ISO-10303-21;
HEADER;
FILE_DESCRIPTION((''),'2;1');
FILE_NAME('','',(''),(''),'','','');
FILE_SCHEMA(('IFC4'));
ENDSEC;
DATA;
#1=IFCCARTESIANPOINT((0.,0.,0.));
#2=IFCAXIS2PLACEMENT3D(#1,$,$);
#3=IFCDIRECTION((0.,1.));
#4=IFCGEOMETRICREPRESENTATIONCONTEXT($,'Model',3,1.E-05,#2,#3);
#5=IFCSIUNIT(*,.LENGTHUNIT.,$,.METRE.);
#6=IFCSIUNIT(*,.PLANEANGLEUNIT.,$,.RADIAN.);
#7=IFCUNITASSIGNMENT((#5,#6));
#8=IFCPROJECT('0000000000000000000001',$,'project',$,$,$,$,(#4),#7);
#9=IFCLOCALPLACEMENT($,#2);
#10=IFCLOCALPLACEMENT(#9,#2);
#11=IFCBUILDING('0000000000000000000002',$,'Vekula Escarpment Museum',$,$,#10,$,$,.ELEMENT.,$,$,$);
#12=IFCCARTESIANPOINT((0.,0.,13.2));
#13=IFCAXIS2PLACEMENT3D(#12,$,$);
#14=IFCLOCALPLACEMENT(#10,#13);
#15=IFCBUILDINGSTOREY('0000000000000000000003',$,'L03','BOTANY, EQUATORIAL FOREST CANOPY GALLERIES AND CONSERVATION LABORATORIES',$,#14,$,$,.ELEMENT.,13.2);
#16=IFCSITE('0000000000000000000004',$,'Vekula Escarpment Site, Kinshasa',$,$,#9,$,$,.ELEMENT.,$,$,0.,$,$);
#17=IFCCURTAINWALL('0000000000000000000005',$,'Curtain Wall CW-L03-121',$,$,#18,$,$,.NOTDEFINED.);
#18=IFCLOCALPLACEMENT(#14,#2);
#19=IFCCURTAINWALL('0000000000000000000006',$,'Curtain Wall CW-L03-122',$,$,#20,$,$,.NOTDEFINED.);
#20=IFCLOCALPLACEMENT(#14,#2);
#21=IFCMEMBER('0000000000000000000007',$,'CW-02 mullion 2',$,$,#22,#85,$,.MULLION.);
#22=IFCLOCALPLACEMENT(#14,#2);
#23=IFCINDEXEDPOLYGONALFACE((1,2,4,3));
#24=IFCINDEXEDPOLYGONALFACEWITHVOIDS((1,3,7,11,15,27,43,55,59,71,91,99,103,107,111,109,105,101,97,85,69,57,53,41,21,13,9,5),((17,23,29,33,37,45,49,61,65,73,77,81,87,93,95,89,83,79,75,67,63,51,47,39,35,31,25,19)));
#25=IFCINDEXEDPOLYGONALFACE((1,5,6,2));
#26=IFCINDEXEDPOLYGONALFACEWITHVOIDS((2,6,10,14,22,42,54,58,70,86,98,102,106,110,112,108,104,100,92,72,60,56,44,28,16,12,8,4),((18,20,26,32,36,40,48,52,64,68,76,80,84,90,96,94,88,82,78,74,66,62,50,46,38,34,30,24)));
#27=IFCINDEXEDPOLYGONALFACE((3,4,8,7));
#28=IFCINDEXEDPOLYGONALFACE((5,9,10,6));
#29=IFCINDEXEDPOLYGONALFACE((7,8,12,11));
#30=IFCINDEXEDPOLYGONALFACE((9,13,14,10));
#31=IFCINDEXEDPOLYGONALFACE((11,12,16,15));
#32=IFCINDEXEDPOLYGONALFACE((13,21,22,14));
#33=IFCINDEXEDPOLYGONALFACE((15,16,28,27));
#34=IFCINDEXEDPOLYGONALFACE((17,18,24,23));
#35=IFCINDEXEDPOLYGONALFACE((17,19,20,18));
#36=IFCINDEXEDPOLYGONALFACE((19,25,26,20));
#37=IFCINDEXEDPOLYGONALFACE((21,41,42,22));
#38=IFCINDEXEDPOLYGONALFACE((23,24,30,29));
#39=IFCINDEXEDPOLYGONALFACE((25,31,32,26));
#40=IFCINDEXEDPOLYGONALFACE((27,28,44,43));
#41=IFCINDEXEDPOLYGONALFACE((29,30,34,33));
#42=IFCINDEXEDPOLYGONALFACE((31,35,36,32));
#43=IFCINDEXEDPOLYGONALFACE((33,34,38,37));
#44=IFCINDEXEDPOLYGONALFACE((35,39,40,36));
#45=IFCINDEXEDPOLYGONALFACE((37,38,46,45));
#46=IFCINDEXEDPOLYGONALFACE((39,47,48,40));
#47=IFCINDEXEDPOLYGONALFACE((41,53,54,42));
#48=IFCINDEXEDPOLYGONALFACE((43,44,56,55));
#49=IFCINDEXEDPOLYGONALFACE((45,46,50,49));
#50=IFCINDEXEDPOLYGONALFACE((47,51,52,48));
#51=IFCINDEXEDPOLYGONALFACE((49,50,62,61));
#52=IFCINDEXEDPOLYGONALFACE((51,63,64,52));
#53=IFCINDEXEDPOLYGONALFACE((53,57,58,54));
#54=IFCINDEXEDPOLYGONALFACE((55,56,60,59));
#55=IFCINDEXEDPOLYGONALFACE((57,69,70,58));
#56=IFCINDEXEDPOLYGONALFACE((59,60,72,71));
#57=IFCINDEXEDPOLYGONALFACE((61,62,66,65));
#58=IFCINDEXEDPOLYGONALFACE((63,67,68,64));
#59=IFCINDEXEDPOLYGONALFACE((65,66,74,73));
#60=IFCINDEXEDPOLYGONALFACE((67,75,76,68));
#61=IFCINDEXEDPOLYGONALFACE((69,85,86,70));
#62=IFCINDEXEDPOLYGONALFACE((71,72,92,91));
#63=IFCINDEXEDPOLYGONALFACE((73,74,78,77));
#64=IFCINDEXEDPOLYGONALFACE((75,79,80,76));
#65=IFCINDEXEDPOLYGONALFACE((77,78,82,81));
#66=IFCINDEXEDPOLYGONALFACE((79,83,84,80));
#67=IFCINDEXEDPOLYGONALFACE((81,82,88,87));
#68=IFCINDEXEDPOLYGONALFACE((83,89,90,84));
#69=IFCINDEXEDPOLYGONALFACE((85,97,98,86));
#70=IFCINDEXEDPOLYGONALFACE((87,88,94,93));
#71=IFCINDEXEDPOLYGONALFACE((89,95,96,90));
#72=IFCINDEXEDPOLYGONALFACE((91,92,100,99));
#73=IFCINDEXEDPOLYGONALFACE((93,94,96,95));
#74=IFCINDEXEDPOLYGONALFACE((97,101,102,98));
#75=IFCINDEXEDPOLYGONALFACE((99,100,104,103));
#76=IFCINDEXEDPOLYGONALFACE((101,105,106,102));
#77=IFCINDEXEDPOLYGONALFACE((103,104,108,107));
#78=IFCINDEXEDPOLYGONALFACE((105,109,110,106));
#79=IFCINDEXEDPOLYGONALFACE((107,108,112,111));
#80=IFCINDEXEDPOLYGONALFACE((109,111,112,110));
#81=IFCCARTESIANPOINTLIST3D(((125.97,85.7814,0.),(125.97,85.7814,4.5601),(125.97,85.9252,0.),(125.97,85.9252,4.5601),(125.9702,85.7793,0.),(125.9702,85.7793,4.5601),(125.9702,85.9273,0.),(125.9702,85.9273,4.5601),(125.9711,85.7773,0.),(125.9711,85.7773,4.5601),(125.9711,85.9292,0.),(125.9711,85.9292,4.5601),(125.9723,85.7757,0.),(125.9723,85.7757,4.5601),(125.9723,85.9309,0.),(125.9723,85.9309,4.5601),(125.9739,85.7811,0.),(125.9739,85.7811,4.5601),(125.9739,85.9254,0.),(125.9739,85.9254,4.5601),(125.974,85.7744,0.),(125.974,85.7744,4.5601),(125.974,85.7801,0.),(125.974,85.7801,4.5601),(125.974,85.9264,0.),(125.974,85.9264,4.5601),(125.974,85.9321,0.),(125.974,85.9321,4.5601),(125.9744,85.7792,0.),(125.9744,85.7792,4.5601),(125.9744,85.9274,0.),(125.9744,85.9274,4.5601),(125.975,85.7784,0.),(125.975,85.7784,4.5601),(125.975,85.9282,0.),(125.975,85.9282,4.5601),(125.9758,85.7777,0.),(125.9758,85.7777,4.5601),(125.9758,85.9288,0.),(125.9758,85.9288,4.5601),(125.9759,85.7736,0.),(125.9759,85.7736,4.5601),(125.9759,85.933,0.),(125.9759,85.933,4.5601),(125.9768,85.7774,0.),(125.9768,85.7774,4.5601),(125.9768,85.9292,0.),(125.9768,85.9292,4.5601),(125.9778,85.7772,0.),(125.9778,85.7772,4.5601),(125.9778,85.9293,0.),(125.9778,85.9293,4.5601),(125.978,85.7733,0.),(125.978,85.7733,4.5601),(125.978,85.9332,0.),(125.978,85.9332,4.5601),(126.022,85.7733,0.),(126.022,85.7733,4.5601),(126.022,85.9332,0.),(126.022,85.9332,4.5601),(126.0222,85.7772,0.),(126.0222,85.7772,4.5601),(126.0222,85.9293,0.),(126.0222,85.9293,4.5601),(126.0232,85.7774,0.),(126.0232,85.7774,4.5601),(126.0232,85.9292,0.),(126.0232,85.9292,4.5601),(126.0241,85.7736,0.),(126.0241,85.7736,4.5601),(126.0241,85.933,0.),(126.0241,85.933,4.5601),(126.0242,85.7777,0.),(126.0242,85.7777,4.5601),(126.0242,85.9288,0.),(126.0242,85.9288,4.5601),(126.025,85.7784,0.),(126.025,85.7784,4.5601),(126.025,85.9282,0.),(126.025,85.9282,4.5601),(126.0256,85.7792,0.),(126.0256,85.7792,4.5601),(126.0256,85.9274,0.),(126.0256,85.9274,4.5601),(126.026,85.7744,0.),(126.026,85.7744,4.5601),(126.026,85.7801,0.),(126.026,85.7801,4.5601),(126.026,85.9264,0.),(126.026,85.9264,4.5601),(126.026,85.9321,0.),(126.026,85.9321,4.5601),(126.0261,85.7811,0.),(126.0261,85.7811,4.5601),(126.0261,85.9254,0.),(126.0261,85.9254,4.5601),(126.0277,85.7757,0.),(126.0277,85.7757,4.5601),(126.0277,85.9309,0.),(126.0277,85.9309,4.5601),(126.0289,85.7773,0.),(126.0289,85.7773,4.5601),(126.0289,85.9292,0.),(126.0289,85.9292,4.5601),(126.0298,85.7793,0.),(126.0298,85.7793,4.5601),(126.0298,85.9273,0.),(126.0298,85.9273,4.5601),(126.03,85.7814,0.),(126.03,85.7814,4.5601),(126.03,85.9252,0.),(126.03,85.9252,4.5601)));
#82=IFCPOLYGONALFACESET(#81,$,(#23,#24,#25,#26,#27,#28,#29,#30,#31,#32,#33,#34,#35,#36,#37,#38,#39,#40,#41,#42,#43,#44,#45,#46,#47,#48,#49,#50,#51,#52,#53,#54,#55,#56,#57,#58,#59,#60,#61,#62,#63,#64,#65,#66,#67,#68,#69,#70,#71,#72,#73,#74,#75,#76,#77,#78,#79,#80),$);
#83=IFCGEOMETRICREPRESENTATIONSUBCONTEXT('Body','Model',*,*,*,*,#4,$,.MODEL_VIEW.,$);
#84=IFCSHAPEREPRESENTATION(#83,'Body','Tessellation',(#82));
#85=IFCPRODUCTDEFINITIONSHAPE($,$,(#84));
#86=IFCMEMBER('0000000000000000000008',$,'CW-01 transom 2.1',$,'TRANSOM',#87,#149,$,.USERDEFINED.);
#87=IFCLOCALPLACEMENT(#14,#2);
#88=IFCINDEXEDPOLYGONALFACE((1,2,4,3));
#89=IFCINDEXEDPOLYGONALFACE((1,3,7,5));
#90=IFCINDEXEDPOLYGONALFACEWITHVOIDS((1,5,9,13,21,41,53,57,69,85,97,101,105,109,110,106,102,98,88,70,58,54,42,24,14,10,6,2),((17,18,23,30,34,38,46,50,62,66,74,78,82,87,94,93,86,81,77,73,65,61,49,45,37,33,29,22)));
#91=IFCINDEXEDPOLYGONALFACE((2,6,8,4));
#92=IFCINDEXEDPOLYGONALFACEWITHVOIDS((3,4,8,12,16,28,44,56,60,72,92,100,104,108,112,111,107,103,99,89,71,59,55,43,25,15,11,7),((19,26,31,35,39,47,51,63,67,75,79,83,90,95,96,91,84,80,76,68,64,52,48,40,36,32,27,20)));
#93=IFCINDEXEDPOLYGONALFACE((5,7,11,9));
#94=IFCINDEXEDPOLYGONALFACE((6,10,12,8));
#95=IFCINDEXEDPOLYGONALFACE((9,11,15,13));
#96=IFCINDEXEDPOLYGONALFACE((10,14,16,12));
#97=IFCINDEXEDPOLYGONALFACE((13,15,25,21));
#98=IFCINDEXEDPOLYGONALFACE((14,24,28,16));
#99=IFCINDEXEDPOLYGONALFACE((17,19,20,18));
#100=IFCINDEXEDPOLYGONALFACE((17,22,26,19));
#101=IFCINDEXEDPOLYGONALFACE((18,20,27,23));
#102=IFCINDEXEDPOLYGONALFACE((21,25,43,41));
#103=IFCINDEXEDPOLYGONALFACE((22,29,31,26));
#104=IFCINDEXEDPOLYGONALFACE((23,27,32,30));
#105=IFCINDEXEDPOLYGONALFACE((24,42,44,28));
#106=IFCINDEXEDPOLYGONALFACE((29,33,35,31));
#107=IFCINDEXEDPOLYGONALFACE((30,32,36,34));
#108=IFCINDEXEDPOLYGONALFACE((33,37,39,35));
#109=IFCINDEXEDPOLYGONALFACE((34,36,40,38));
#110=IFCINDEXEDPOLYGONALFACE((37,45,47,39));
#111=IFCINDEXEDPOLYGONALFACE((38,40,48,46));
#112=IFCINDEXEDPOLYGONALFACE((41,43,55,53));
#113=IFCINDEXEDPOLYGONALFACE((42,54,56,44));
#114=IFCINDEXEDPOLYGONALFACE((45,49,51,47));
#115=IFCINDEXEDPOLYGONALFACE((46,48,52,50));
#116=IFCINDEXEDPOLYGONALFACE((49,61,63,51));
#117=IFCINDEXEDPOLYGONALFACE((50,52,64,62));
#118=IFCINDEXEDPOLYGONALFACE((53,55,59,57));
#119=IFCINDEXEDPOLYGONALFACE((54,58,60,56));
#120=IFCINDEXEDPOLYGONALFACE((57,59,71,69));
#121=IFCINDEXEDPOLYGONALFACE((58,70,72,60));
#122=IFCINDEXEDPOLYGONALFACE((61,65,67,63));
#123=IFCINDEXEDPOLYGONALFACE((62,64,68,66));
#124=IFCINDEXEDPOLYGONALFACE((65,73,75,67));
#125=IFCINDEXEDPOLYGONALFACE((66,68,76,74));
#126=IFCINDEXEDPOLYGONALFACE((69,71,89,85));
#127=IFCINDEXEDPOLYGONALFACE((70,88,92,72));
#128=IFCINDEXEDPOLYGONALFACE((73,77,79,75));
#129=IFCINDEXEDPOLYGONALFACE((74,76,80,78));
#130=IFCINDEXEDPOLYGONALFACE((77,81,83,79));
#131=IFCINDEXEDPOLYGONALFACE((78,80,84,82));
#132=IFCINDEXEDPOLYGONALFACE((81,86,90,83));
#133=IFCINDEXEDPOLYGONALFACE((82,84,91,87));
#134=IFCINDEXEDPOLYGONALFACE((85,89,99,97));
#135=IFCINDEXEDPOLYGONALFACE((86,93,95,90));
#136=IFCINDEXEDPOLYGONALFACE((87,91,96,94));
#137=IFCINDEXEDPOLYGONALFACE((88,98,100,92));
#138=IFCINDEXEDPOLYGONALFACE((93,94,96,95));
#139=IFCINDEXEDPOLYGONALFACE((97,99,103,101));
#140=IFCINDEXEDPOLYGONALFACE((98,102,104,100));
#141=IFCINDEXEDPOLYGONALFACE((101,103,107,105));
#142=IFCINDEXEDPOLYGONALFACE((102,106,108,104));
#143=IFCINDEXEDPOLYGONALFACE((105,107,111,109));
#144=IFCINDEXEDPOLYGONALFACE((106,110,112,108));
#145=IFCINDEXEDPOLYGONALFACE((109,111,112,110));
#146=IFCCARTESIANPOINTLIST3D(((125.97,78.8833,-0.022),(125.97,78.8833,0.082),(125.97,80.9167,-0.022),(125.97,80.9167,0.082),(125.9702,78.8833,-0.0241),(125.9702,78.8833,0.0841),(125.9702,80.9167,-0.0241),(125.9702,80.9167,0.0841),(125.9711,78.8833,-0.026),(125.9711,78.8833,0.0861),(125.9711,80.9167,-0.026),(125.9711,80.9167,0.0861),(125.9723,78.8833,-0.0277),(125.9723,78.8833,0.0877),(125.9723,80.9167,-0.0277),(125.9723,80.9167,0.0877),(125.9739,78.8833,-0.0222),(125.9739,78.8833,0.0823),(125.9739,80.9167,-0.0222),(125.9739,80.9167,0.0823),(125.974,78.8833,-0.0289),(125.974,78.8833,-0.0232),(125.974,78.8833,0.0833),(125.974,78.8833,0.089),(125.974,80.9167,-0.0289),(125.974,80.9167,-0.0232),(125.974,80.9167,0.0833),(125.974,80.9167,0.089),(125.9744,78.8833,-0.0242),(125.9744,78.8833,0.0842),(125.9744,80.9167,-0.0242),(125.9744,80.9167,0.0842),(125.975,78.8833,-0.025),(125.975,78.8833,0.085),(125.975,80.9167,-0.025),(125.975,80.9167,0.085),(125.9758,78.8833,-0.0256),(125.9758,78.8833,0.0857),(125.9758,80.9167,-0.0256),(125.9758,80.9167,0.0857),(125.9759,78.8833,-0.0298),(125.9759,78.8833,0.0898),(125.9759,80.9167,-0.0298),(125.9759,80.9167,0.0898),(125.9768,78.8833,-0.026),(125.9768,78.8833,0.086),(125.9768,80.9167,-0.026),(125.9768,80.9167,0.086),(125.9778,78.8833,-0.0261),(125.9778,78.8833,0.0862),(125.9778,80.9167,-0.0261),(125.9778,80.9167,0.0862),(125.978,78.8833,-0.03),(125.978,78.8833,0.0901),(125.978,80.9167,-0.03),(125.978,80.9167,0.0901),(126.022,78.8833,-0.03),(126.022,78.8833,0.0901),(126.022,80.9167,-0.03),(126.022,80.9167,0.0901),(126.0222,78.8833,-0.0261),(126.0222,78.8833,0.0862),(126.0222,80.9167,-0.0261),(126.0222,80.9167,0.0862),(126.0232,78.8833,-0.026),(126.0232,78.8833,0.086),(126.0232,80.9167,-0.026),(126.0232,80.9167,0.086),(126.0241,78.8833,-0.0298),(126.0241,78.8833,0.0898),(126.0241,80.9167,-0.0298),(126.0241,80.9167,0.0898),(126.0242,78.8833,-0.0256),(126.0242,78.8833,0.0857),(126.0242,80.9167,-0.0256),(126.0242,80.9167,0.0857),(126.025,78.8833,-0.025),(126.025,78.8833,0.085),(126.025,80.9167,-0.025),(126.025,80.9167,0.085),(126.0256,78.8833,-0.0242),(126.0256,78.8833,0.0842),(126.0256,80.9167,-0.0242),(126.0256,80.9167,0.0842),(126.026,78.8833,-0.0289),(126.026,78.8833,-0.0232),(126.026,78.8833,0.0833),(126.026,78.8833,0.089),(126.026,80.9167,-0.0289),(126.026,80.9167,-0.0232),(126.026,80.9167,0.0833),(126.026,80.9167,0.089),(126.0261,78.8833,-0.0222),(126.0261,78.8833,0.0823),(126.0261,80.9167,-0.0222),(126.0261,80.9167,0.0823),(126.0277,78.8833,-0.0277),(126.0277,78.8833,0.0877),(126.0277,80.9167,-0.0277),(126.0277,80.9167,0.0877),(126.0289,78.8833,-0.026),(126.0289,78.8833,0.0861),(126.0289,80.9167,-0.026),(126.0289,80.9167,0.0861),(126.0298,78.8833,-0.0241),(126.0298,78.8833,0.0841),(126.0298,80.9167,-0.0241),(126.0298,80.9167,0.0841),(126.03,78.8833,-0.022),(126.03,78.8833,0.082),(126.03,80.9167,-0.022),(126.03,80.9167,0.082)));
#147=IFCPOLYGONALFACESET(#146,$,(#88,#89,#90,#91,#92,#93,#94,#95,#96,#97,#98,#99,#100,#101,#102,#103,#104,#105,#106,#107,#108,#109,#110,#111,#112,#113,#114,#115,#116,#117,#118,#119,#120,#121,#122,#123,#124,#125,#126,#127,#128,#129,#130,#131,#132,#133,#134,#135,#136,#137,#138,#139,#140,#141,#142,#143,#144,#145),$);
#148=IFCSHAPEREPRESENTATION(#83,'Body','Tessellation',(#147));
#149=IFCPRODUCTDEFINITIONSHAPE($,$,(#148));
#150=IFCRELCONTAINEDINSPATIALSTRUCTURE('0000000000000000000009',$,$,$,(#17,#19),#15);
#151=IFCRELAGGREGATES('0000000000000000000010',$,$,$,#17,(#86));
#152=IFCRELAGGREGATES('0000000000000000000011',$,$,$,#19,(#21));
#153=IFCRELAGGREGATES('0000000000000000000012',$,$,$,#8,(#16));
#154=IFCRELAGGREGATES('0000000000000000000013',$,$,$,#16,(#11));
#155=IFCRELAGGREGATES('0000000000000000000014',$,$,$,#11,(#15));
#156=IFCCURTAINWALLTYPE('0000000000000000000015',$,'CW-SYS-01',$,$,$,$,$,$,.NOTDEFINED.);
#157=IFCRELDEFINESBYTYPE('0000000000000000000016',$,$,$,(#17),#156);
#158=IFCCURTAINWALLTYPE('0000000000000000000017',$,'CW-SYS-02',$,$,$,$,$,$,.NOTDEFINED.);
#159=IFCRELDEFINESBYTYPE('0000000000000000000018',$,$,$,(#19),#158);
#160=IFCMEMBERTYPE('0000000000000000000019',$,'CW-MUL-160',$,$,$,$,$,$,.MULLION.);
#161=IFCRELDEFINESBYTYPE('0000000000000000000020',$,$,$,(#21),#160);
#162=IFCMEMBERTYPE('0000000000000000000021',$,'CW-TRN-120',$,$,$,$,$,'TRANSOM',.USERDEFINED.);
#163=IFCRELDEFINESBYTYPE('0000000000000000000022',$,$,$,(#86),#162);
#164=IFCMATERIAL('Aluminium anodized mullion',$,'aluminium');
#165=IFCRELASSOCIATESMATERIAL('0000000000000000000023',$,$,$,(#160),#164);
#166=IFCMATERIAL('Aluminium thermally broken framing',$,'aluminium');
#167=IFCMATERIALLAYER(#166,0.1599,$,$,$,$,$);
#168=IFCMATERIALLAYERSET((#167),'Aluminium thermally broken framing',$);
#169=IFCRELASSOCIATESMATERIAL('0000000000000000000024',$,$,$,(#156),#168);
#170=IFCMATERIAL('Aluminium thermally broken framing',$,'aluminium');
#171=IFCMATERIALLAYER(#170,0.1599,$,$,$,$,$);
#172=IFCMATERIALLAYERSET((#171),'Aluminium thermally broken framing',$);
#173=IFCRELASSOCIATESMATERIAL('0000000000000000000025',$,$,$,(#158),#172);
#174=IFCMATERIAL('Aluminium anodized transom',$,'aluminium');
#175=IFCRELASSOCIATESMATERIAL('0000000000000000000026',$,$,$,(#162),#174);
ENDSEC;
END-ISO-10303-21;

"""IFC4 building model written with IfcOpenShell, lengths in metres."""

from ifc_helpers import new_model, si_unit, direction, frame, origin, origin_2d, place, context, subcontext, project, spatial, hollow_rectangle, extrude, material, layer, layer_set, material_profile, profile_set, type_object, element, aggregate, save


model = new_model("IFC4")

# Units and contexts
model_context = context("Model", 3, precision=1e-05, world=origin(), true_north=direction((0.0, 1.0)))
body_context = subcontext(model_context, "Body", "Model", "MODEL_VIEW")
ifc_project = project(units=[si_unit("LENGTHUNIT", "METRE"), si_unit("PLANEANGLEUNIT", "RADIAN")], contexts=[model_context])

# Site, building, storey
site_placement = place(None, origin())
site = spatial("IfcSite", under=ifc_project, at=site_placement, Name="Vekula Escarpment Site, Kinshasa", CompositionType="ELEMENT", RefElevation=0.0)
building_placement = place(site_placement, origin())
building = spatial("IfcBuilding", under=site, at=building_placement, Name="Vekula Escarpment Museum", CompositionType="ELEMENT")
storey_placement = place(building_placement, frame((0.0, 0.0, 13.2)))
storey = spatial("IfcBuildingStorey", under=building, at=storey_placement, Name="L03", Description="BOTANY, EQUATORIAL FOREST CANOPY GALLERIES AND CONSERVATION LABORATORIES", CompositionType="ELEMENT", Elevation=13.2)

# Shared definitions
ifc_material_1 = material(Name="Aluminium anodized mullion", Category="aluminium")
ifc_material_profile_1 = material_profile(ifc_material_1, hollow_rectangle(XDim=0.0601, YDim=0.1599, WallThickness=0.0039, InnerFilletRadius=0.0039, OuterFilletRadius=0.0081, at=origin_2d()), Name="ALU 160x60x4")
ifc_profile_set_1 = profile_set([ifc_material_profile_1], Name="Aluminium anodized mullion")
member_type_1 = type_object("IfcMemberType", Name="CW-MUL-160", PredefinedType="MULLION", material=ifc_profile_set_1)

# Curtain walls, member
ifc_material_2 = material(Name="Aluminium thermally broken framing", Category="aluminium")
ifc_layer_1 = layer(ifc_material_2, 0.1599)
ifc_layer_set_1 = layer_set([ifc_layer_1], Name="Aluminium thermally broken framing")
curtain_wall_type_1 = type_object("IfcCurtainWallType", Name="CW-SYS-01", PredefinedType="NOTDEFINED", material=ifc_layer_set_1)
curtain_wall_1_placement = place(storey_placement, origin())
curtain_wall_1 = element("IfcCurtainWall", 1, at=curtain_wall_1_placement, inside=storey, type_object=curtain_wall_type_1, Name="Curtain Wall CW-L03-121", PredefinedType="NOTDEFINED")
ifc_material_3 = material(Name="Aluminium thermally broken framing", Category="aluminium")
ifc_layer_2 = layer(ifc_material_3, 0.1599)
ifc_layer_set_2 = layer_set([ifc_layer_2], Name="Aluminium thermally broken framing")
curtain_wall_type_2 = type_object("IfcCurtainWallType", Name="CW-SYS-02", PredefinedType="NOTDEFINED", material=ifc_layer_set_2)
curtain_wall_2_placement = place(storey_placement, origin())
curtain_wall_2 = element("IfcCurtainWall", 2, at=curtain_wall_2_placement, inside=storey, type_object=curtain_wall_type_2, Name="Curtain Wall CW-L03-122", PredefinedType="NOTDEFINED")
member_1_placement = place(storey_placement, frame((126.0, 85.8533, 0.0), z_axis=(0.0, 0.0, 1.0), x_axis=(-1.0, 0.0, 0.0)))
member_1 = element("IfcMember", 3, at=member_1_placement, type_object=member_type_1, Name="CW-02 mullion 2", PredefinedType="MULLION", context=body_context, shape_type="SweptSolid", body=[
    extrude(hollow_rectangle(XDim=0.0601, YDim=0.1599, WallThickness=0.0039, InnerFilletRadius=0.0039, OuterFilletRadius=0.0081, at=origin_2d()), origin(), (0.0, 0.0, 1.0), 4.5601),
])

# Member
ifc_material_4 = material(Name="Aluminium anodized transom", Category="aluminium")
ifc_material_profile_2 = material_profile(ifc_material_4, hollow_rectangle(XDim=0.0601, YDim=0.1201, WallThickness=0.0039, InnerFilletRadius=0.0039, OuterFilletRadius=0.0081, at=origin_2d()), Name="ALU 120x60x4")
ifc_profile_set_2 = profile_set([ifc_material_profile_2], Name="Aluminium anodized transom")
member_type_2 = type_object("IfcMemberType", Name="CW-TRN-120", ElementType="TRANSOM", PredefinedType="USERDEFINED", material=ifc_profile_set_2)
member_2_placement = place(storey_placement, frame((126.0, 78.8833, 0.03), z_axis=(0.0, 1.0, 0.0), x_axis=(-1.0, 0.0, 0.0)))
member_2 = element("IfcMember", 4, at=member_2_placement, type_object=member_type_2, Name="CW-01 transom 2.1", ObjectType="TRANSOM", PredefinedType="USERDEFINED", context=body_context, shape_type="SweptSolid", body=[
    extrude(hollow_rectangle(XDim=0.0601, YDim=0.1201, WallThickness=0.0039, InnerFilletRadius=0.0039, OuterFilletRadius=0.0081, at=origin_2d()), origin(), (0.0, 0.0, 1.0), 2.0334),
])

aggregate(curtain_wall_1, [member_2])
aggregate(curtain_wall_2, [member_1])

save(model, "model.ifc")
